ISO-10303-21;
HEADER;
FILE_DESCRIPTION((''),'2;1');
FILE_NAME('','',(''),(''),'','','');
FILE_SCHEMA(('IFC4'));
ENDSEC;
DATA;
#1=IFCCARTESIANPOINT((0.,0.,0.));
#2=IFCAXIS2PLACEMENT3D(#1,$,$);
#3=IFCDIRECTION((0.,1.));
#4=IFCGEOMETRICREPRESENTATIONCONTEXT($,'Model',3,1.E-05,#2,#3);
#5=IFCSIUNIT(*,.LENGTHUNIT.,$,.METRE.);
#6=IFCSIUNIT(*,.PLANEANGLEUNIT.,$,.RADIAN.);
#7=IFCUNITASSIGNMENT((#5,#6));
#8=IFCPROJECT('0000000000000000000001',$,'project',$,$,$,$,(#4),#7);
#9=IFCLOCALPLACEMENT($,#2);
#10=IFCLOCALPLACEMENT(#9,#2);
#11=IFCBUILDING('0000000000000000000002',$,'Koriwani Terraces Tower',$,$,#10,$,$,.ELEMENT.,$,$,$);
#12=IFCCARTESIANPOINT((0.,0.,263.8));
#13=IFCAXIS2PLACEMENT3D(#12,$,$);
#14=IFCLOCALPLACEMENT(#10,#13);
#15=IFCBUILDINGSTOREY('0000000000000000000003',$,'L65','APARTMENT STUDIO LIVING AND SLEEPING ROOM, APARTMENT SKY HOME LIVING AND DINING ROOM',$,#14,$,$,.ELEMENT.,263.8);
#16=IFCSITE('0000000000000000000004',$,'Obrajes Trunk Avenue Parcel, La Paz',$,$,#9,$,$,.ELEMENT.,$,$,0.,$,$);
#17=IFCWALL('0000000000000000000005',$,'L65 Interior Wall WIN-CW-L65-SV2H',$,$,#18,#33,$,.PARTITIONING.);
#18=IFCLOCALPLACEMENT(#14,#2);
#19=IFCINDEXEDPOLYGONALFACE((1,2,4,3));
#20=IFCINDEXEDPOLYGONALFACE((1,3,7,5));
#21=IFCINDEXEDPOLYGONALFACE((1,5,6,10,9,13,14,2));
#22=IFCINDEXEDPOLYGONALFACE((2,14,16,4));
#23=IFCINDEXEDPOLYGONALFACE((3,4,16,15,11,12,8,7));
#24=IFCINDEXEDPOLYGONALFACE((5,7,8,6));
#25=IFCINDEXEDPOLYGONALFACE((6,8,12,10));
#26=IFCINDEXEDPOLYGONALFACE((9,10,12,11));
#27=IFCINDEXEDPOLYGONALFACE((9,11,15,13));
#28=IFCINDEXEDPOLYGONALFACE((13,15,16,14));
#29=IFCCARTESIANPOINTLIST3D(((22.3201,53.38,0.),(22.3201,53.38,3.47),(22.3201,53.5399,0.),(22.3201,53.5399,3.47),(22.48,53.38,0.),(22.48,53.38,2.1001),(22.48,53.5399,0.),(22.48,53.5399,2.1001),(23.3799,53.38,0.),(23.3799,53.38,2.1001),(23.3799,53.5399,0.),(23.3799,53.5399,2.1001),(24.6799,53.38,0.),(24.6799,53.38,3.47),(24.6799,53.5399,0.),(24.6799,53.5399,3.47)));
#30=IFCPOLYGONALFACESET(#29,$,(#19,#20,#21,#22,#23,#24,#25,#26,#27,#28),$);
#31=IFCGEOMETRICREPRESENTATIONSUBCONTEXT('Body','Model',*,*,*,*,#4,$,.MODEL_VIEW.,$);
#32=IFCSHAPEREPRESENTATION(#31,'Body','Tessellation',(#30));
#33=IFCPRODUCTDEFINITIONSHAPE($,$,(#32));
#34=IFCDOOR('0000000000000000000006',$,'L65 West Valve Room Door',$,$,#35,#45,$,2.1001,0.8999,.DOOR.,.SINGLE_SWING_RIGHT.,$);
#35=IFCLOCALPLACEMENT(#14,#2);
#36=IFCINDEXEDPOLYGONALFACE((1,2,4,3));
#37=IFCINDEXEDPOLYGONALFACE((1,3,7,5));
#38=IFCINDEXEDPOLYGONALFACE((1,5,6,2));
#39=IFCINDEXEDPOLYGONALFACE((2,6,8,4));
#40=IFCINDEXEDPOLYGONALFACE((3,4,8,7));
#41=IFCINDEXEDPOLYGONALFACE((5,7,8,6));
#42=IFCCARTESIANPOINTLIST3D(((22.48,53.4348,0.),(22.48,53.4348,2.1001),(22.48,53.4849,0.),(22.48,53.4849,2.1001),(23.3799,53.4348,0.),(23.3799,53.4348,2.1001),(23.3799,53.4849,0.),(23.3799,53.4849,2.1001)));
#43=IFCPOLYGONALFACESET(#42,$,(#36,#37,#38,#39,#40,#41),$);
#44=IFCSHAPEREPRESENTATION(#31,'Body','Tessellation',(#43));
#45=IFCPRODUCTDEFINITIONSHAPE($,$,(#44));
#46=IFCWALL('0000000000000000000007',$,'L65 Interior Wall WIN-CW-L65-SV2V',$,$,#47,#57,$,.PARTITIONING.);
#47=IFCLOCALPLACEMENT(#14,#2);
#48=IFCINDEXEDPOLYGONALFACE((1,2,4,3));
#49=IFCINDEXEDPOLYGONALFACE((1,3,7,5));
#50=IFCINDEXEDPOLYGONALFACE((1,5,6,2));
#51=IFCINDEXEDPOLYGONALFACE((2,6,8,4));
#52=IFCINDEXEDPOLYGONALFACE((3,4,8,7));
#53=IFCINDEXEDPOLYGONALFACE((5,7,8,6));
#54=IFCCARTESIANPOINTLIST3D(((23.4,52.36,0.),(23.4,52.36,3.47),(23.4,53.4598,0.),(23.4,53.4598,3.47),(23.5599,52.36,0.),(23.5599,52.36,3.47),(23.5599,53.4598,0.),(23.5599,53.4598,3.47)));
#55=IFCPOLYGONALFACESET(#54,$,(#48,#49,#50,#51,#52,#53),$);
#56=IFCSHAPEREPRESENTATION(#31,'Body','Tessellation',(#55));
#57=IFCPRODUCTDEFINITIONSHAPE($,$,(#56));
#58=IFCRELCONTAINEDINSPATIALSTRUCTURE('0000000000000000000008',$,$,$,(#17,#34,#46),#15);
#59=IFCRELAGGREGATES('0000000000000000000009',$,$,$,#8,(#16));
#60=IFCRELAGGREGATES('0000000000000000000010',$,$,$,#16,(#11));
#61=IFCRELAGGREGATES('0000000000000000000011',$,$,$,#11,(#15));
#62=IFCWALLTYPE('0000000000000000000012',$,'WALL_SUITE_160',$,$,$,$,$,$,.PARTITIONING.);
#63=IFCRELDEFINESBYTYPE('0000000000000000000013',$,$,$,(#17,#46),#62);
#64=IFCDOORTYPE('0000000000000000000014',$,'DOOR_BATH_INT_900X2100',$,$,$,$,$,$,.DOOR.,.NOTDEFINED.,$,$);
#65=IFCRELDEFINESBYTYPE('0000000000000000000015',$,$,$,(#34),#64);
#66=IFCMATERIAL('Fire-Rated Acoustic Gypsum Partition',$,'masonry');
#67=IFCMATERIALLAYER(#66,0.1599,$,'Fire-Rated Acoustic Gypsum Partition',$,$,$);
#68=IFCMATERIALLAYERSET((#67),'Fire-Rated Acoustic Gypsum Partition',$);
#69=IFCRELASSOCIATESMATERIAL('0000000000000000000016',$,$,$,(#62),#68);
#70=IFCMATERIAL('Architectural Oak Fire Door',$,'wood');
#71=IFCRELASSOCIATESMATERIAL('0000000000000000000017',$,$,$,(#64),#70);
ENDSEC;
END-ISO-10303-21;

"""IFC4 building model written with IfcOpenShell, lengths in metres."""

from ifc_helpers import new_model, si_unit, direction, frame, frame_2d, origin, place, context, subcontext, project, spatial, rectangle, extrude, material, layer, layer_set, type_object, element, fill, save


model = new_model("IFC4")

# Units and contexts
model_context = context("Model", 3, precision=1e-05, world=origin(), true_north=direction((0.0, 1.0)))
body_context = subcontext(model_context, "Body", "Model", "MODEL_VIEW")
ifc_project = project(units=[si_unit("LENGTHUNIT", "METRE"), si_unit("PLANEANGLEUNIT", "RADIAN")], contexts=[model_context])

# Site, building, storey
site_placement = place(None, origin())
site = spatial("IfcSite", under=ifc_project, at=site_placement, Name="Obrajes Trunk Avenue Parcel, La Paz", CompositionType="ELEMENT", RefElevation=0.0)
building_placement = place(site_placement, origin())
building = spatial("IfcBuilding", under=site, at=building_placement, Name="Koriwani Terraces Tower", CompositionType="ELEMENT")
storey_placement = place(building_placement, frame((0.0, 0.0, 263.8)))
storey = spatial("IfcBuildingStorey", under=building, at=storey_placement, Name="L65", Description="APARTMENT STUDIO LIVING AND SLEEPING ROOM, APARTMENT SKY HOME LIVING AND DINING ROOM", CompositionType="ELEMENT", Elevation=263.8)

# Wall, opening, door
ifc_material_1 = material(Name="Fire-Rated Acoustic Gypsum Partition", Category="masonry")
ifc_layer_1 = layer(ifc_material_1, 0.1599, Name="Fire-Rated Acoustic Gypsum Partition")
ifc_layer_set_1 = layer_set([ifc_layer_1], Name="Fire-Rated Acoustic Gypsum Partition")
wall_type_1 = type_object("IfcWallType", Name="WALL_SUITE_160", PredefinedType="PARTITIONING", material=ifc_layer_set_1)
ifc_material_2 = material(Name="Architectural Oak Fire Door", Category="wood")
door_type_1 = type_object("IfcDoorType", Name="DOOR_BATH_INT_900X2100", OperationType="NOTDEFINED", PredefinedType="DOOR", material=ifc_material_2)
wall_1_placement = place(storey_placement, frame((22.3201, 53.46, 0.0), z_axis=(0.0, 0.0, 1.0), x_axis=(1.0, 0.0, 0.0)))
wall_1 = element("IfcWall", 1, at=wall_1_placement, inside=storey, type_object=wall_type_1, Name="L65 Interior Wall WIN-CW-L65-SV2H", PredefinedType="PARTITIONING", context=body_context, shape_type="SweptSolid", body=[
    extrude(rectangle(XDim=2.3599, YDim=0.1599, at=frame_2d((1.1799, 0.0))), origin(), (0.0, 0.0, 1.0), 3.47),
])
opening_1_placement = place(wall_1_placement, frame((0.1599, 0.0, 0.0)))
opening_1 = element("IfcOpeningElement", 2, at=opening_1_placement, cuts=wall_1, PredefinedType="OPENING", context=body_context, shape_type="SweptSolid", body=[
    extrude(rectangle(XDim=0.8999, YDim=2.1001, at=frame_2d((0.45, 1.05))), frame((0.0, 0.0898, 0.0), z_axis=(0.0, -1.0, 0.0), x_axis=(1.0, 0.0, 0.0)), (0.0, 0.0, 1.0), 0.1799),
])
door_1_placement = place(opening_1_placement, origin())
door_1 = element("IfcDoor", 3, at=door_1_placement, inside=storey, type_object=door_type_1, Name="L65 West Valve Room Door", OperationType="SINGLE_SWING_RIGHT", OverallHeight=2.1001, OverallWidth=0.8999, PredefinedType="DOOR", context=body_context, shape_type="SweptSolid", body=[
    extrude(rectangle(XDim=0.8999, YDim=2.1001, at=frame_2d((0.45, 1.05))), frame((0.0, 0.0249, 0.0), z_axis=(0.0, -1.0, 0.0), x_axis=(1.0, 0.0, 0.0)), (0.0, 0.0, 1.0), 0.05),
])
fill(opening_1, door_1)

# Wall
wall_2_placement = place(storey_placement, frame((23.48, 52.3601, 0.0), z_axis=(0.0, 0.0, 1.0), x_axis=(0.0, 1.0, 0.0)))
element("IfcWall", 4, at=wall_2_placement, inside=storey, type_object=wall_type_1, Name="L65 Interior Wall WIN-CW-L65-SV2V", PredefinedType="PARTITIONING", context=body_context, shape_type="SweptSolid", body=[
    extrude(rectangle(XDim=1.0999, YDim=0.1599, at=frame_2d((0.5498, 0.0))), origin(), (0.0, 0.0, 1.0), 3.47),
])

save(model, "model.ifc")
